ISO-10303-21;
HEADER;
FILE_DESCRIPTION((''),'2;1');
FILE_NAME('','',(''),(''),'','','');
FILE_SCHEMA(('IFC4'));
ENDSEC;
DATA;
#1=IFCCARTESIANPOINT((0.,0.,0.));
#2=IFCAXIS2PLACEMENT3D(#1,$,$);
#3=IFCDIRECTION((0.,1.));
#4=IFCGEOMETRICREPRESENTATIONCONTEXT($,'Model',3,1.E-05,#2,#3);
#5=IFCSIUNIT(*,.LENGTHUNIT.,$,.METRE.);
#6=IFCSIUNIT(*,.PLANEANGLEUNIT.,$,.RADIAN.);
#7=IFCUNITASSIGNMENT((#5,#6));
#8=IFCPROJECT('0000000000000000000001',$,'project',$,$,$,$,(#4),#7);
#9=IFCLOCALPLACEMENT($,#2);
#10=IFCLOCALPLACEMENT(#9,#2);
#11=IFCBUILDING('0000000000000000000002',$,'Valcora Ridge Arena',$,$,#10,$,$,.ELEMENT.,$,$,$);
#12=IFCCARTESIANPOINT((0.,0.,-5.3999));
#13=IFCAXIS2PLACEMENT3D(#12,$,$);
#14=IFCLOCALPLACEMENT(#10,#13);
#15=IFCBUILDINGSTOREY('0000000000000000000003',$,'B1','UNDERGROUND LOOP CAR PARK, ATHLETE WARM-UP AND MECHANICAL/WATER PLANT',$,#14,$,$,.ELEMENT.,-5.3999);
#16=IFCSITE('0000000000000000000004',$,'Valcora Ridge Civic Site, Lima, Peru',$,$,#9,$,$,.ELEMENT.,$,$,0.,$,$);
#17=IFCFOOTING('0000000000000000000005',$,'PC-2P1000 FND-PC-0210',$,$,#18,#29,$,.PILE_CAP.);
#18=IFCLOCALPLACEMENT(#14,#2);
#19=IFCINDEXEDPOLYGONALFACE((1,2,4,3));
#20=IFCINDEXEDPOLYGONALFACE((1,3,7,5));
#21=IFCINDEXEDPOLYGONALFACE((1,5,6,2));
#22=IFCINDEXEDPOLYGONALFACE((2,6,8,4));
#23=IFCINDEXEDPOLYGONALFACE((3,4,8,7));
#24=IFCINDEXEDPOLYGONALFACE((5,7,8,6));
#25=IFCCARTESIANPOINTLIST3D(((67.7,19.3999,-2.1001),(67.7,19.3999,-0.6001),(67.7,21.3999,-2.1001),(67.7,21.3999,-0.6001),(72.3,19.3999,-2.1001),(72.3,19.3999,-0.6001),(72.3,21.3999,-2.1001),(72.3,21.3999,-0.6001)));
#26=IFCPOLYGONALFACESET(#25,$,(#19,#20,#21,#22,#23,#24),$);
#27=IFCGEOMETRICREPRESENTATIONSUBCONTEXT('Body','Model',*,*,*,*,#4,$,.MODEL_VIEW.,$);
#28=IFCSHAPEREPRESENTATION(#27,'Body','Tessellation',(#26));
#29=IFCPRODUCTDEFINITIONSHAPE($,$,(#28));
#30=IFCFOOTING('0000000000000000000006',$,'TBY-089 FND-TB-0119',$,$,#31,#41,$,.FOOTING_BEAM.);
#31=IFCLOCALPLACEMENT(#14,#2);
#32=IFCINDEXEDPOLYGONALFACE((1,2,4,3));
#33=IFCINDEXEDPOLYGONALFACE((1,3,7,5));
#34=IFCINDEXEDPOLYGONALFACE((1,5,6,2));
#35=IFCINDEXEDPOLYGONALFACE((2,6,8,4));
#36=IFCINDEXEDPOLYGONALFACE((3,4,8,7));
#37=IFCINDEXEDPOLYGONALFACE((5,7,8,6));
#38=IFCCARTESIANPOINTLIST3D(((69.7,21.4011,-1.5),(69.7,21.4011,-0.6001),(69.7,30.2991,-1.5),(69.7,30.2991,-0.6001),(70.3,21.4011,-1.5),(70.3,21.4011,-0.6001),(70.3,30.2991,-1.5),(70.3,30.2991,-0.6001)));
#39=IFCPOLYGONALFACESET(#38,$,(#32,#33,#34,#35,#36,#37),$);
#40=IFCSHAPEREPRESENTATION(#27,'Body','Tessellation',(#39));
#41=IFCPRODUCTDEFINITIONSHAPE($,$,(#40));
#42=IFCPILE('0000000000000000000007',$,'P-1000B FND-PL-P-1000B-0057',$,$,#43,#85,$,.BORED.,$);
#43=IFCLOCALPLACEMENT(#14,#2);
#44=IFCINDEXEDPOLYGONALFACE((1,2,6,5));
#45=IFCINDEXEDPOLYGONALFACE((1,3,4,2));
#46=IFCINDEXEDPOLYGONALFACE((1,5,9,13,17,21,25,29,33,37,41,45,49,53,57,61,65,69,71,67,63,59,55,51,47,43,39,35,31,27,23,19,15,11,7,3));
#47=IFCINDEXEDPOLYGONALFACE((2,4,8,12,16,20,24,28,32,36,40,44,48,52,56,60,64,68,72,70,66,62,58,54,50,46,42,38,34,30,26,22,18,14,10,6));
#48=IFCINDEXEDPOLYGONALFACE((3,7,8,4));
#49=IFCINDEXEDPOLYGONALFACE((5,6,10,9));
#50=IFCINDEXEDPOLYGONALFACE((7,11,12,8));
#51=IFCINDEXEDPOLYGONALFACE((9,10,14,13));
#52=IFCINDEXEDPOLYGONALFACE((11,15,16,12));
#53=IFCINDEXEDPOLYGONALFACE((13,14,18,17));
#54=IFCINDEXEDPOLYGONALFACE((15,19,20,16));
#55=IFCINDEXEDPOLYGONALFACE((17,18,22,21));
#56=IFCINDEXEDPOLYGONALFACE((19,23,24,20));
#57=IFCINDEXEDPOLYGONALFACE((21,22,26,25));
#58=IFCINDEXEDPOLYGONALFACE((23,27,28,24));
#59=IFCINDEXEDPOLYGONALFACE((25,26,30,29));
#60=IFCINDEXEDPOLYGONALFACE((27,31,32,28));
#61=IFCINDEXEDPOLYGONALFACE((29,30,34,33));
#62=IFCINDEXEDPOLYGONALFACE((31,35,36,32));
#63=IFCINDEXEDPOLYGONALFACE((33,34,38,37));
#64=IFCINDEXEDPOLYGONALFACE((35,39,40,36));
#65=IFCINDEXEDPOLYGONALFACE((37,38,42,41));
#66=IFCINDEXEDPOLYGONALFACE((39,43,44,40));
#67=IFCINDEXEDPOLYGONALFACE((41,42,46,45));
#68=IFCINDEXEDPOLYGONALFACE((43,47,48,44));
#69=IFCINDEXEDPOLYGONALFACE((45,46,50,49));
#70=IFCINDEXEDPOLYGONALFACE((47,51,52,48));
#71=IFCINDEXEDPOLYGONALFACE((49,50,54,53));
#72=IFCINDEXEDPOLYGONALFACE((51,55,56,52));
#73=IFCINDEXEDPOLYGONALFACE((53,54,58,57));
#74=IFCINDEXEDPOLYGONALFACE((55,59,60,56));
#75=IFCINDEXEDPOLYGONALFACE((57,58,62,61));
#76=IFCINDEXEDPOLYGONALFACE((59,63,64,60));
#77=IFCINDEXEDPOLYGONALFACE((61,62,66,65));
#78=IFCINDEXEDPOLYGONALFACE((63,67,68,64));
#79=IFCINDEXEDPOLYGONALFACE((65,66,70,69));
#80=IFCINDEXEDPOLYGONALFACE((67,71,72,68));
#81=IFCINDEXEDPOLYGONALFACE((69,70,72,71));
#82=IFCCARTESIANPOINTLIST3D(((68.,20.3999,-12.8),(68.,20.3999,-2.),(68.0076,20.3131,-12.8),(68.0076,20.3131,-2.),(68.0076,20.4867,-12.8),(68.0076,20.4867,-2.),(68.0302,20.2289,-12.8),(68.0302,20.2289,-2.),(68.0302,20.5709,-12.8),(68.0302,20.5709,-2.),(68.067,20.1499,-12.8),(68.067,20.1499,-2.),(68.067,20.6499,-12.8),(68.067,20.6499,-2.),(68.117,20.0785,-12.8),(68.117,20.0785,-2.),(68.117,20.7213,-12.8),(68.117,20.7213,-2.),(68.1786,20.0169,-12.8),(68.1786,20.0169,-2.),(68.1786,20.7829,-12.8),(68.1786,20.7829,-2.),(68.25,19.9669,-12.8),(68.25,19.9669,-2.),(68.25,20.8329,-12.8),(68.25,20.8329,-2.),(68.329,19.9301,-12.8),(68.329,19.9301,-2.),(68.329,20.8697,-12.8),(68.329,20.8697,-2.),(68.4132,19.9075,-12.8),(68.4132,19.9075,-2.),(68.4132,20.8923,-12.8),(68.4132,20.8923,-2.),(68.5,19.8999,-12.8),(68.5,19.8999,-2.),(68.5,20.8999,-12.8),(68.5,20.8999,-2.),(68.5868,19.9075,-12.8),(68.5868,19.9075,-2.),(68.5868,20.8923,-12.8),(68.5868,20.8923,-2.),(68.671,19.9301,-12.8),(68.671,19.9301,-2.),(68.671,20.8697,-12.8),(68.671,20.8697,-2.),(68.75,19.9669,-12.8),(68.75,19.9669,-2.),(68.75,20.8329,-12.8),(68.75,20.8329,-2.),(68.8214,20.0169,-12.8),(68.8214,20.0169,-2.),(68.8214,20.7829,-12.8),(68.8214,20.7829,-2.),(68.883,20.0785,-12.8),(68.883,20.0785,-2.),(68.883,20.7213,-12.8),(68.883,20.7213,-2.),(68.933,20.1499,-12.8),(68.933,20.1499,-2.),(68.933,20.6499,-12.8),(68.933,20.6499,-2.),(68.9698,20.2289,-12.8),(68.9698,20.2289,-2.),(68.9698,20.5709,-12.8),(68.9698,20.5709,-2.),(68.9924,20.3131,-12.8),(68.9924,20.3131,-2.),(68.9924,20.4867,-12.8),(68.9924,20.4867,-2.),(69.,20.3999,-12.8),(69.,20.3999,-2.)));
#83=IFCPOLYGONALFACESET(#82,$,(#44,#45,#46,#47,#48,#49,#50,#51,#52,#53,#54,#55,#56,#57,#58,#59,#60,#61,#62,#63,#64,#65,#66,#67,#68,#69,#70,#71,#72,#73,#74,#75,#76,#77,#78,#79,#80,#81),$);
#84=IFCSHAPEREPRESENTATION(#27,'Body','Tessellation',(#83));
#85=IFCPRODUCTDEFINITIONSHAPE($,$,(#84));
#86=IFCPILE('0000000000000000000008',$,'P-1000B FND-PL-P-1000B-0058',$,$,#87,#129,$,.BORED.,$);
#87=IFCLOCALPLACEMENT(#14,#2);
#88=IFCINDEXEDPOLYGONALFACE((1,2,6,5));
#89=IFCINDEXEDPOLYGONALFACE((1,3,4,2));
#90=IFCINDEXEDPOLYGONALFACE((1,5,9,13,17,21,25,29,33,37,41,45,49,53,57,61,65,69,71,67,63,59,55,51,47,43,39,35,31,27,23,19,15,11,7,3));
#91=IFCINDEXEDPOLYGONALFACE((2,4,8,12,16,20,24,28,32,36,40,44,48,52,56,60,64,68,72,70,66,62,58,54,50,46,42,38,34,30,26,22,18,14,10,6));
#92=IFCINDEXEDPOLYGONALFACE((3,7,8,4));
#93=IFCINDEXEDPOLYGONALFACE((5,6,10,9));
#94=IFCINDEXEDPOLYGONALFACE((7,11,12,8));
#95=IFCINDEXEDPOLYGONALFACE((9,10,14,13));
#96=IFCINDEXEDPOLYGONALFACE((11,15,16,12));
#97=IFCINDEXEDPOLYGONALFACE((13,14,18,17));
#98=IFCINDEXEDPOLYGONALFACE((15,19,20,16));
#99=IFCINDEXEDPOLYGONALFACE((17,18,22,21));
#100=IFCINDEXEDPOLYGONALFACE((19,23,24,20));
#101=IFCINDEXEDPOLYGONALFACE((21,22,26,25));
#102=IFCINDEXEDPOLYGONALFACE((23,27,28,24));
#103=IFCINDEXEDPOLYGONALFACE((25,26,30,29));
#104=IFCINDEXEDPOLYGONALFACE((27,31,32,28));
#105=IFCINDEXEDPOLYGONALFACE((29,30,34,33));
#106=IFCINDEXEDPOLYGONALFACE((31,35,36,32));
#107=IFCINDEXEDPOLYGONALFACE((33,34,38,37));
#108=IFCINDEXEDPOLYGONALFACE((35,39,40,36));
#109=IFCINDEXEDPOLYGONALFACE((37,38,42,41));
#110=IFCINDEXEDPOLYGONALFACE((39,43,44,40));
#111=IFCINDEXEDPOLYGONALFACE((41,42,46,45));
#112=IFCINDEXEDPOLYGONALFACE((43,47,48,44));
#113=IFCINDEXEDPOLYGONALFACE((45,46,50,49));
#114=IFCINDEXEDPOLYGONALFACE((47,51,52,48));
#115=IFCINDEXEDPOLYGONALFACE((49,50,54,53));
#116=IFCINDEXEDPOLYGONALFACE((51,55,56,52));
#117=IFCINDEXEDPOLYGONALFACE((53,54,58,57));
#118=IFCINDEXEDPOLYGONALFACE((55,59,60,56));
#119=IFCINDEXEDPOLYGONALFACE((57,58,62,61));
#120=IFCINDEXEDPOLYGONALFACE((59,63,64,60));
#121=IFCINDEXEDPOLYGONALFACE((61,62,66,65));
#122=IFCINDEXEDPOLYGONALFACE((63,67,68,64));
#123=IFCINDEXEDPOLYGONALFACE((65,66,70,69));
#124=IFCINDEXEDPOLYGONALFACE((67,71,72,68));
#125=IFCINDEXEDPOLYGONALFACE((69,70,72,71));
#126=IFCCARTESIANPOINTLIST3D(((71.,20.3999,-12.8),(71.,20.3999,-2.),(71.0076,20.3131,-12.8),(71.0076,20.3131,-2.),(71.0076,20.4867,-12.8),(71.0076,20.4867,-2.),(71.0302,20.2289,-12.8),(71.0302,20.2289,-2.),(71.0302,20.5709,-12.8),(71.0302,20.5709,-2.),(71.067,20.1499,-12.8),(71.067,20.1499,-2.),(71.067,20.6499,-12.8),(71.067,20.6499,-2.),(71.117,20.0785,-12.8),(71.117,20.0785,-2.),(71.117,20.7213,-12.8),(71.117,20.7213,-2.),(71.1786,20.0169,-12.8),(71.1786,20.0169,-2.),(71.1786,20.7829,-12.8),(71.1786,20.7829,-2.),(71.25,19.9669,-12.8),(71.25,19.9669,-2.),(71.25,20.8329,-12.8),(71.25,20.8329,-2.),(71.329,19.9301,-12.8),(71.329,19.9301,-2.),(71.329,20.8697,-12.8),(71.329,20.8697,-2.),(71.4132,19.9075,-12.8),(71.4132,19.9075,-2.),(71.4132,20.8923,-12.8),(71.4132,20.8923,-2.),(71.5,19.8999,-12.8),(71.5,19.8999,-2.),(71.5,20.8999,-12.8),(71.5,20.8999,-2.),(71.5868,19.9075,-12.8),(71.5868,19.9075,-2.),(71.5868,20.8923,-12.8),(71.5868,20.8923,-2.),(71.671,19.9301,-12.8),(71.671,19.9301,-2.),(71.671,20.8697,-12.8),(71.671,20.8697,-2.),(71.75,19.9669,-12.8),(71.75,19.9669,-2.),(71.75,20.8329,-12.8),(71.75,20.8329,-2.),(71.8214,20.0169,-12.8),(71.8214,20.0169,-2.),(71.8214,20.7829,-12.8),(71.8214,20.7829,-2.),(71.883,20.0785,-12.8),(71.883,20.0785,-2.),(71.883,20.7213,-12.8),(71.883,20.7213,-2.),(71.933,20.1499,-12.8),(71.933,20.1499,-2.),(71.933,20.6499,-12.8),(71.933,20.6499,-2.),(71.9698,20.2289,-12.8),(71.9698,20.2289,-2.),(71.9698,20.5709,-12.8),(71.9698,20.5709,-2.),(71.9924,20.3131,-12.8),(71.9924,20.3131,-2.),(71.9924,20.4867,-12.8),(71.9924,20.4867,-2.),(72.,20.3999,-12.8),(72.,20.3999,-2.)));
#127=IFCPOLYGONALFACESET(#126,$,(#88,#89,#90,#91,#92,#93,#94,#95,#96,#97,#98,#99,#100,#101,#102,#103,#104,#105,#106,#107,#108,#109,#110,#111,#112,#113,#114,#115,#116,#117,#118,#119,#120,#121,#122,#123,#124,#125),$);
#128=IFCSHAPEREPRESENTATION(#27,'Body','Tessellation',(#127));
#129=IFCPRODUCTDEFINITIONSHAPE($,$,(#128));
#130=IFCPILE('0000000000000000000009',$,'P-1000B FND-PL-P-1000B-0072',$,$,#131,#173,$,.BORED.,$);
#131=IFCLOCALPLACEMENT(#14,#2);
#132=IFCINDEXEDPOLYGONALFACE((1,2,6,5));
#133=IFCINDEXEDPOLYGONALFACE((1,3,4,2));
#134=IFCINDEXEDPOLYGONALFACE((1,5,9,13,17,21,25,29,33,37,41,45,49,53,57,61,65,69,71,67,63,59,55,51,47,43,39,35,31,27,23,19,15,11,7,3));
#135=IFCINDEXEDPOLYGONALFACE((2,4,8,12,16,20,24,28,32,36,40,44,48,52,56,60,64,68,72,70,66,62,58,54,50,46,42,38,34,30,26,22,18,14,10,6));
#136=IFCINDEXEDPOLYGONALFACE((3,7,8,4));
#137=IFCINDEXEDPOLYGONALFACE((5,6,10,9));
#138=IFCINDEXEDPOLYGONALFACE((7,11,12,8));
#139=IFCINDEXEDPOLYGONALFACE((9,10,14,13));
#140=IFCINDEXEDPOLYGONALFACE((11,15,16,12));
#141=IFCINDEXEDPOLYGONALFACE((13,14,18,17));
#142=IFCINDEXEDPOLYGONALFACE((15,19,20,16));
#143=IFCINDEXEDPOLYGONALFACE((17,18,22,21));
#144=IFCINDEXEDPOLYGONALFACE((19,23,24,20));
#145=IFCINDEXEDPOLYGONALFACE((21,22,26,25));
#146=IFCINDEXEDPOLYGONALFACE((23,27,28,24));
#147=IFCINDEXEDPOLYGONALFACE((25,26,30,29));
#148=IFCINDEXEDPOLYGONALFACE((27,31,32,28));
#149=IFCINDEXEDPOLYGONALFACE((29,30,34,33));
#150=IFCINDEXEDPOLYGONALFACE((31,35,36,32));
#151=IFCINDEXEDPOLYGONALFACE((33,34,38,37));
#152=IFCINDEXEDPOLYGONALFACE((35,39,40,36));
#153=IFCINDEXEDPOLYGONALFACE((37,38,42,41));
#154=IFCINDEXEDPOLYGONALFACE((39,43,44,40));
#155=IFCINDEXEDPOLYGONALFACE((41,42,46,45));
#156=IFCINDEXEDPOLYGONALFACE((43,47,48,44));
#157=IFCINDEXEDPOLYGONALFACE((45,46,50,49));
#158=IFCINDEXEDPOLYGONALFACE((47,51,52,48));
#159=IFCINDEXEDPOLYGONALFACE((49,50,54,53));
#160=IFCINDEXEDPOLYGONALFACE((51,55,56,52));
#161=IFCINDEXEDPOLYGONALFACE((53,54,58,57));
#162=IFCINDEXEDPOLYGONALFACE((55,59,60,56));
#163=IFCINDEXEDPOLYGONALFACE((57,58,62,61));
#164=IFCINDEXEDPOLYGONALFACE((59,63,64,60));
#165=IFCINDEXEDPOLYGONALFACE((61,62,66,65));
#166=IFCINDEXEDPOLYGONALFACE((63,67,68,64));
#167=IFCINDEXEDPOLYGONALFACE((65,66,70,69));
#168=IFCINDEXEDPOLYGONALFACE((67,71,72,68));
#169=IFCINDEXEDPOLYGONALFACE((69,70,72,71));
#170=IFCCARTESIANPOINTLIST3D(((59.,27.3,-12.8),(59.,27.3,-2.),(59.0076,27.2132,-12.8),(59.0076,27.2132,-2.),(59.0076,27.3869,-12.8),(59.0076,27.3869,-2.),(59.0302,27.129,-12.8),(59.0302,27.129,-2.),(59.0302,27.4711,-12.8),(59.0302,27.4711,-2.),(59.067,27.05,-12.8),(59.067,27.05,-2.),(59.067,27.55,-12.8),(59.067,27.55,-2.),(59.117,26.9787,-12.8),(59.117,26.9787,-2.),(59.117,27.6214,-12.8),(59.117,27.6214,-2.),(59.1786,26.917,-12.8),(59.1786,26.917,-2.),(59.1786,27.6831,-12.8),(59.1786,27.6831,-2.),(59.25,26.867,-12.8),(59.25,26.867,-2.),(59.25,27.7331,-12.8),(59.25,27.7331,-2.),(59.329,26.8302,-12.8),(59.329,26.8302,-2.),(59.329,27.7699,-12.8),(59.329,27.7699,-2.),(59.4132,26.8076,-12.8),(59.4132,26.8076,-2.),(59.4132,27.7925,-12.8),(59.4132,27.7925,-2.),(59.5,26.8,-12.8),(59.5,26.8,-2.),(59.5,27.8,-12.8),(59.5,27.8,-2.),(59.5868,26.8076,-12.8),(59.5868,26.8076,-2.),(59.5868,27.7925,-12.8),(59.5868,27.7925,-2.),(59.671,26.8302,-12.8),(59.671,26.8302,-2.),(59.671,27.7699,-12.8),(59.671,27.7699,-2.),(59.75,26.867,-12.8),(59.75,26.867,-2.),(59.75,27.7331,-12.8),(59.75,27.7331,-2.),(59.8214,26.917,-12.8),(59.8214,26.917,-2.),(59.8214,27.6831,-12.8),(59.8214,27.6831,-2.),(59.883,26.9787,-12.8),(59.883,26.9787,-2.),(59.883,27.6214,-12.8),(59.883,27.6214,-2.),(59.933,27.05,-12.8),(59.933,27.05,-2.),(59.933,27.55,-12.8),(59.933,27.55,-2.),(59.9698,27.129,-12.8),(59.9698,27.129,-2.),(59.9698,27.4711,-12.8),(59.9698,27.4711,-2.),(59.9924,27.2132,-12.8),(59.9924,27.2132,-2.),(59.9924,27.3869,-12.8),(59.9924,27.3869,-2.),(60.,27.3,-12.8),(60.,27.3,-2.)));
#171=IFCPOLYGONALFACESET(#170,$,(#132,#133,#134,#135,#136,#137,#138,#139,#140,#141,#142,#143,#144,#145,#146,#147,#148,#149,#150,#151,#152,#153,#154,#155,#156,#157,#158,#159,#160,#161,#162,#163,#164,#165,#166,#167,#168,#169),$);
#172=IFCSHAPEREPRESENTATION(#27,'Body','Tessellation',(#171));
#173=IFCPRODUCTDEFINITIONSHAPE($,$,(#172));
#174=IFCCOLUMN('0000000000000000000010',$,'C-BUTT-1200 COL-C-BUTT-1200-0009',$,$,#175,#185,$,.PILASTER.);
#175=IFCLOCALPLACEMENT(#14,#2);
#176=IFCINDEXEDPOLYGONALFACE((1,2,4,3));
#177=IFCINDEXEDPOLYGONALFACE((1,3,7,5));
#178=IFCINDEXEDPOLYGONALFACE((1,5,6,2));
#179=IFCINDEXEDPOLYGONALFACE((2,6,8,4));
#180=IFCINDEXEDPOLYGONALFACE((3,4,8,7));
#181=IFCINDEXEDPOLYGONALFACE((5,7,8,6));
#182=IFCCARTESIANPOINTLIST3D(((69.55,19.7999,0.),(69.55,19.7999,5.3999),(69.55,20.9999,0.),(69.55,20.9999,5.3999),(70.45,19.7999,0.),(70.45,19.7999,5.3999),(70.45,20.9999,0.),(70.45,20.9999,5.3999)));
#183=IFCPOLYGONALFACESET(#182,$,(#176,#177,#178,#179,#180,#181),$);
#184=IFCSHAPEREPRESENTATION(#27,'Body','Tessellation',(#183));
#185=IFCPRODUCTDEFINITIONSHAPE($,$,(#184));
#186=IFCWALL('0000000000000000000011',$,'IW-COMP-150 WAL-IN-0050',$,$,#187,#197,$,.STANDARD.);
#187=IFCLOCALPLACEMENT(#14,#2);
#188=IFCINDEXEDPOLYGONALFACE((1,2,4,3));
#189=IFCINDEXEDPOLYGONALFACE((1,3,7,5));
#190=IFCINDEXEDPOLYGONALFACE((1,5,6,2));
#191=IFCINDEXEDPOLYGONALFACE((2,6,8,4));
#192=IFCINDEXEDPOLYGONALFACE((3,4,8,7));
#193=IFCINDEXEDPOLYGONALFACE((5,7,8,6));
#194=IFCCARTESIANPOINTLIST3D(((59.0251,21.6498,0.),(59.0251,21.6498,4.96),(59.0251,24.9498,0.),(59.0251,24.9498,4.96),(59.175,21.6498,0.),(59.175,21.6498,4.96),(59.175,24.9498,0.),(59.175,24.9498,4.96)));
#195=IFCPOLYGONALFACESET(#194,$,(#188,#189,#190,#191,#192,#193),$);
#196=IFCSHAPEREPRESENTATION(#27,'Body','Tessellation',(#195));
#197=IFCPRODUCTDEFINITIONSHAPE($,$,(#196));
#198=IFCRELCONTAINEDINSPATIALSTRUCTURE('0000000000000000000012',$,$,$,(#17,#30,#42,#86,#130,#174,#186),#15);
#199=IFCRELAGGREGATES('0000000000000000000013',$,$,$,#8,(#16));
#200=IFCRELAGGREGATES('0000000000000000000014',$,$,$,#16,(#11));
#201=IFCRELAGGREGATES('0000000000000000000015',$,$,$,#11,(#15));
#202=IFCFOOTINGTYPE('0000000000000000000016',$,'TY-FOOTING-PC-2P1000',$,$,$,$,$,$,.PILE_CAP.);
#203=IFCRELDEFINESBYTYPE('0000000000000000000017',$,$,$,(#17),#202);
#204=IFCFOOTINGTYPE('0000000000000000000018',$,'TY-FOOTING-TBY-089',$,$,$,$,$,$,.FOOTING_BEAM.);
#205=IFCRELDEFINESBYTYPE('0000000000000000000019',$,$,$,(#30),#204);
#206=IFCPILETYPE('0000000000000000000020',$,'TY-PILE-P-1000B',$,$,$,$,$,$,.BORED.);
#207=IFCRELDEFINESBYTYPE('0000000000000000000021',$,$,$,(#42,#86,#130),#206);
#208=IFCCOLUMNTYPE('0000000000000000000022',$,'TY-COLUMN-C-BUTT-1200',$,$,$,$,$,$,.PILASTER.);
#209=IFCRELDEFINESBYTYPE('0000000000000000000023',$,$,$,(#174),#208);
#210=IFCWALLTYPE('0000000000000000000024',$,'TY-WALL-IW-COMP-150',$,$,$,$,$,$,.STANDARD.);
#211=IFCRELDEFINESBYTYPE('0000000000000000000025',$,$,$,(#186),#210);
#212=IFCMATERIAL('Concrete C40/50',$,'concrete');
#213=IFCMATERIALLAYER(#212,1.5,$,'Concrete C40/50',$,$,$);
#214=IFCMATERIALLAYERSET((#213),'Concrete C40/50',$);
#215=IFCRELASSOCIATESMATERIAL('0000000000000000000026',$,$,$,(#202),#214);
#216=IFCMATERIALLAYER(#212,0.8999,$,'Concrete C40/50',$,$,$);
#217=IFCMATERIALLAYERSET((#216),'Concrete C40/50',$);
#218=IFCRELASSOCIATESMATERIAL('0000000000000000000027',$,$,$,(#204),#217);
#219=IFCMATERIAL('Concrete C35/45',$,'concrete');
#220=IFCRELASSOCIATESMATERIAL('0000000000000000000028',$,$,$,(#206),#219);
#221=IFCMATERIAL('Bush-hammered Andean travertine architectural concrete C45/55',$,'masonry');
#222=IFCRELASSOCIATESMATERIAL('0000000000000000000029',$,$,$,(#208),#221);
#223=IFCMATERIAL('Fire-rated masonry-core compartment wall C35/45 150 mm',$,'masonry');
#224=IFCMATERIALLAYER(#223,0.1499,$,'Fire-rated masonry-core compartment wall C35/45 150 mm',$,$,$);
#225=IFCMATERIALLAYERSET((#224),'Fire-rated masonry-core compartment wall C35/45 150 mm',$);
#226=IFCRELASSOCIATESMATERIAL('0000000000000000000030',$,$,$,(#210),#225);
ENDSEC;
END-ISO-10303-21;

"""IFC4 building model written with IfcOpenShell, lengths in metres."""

from ifc_helpers import new_model, si_unit, direction, frame, frame_2d, origin, origin_2d, place, context, subcontext, project, spatial, rectangle, circle, extrude, material, layer, layer_set, material_profile, profile_set, type_object, element, save


model = new_model("IFC4")

# Units and contexts
model_context = context("Model", 3, precision=1e-05, world=origin(), true_north=direction((0.0, 1.0)))
body_context = subcontext(model_context, "Body", "Model", "MODEL_VIEW")
ifc_project = project(units=[si_unit("LENGTHUNIT", "METRE"), si_unit("PLANEANGLEUNIT", "RADIAN")], contexts=[model_context])

# Site, building, storey
site_placement = place(None, origin())
site = spatial("IfcSite", under=ifc_project, at=site_placement, Name="Valcora Ridge Civic Site, Lima, Peru", CompositionType="ELEMENT", RefElevation=0.0)
building_placement = place(site_placement, origin())
building = spatial("IfcBuilding", under=site, at=building_placement, Name="Valcora Ridge Arena", CompositionType="ELEMENT")
storey_placement = place(building_placement, frame((0.0, 0.0, -5.3999)))
storey = spatial("IfcBuildingStorey", under=building, at=storey_placement, Name="B1", Description="UNDERGROUND LOOP CAR PARK, ATHLETE WARM-UP AND MECHANICAL/WATER PLANT", CompositionType="ELEMENT", Elevation=-5.3999)

# Footings
ifc_material_1 = material(Name="Concrete C40/50", Category="concrete")
ifc_layer_1 = layer(ifc_material_1, 1.5, Name="Concrete C40/50")
ifc_layer_set_1 = layer_set([ifc_layer_1], Name="Concrete C40/50")
footing_type_1 = type_object("IfcFootingType", Name="TY-FOOTING-PC-2P1000", PredefinedType="PILE_CAP", material=ifc_layer_set_1)
footing_1_placement = place(storey_placement, frame((70.0, 20.3999, -2.1001), z_axis=(0.0, 0.0, 1.0), x_axis=(1.0, 0.0, 0.0)))
element("IfcFooting", 1, at=footing_1_placement, inside=storey, type_object=footing_type_1, Name="PC-2P1000 FND-PC-0210", PredefinedType="PILE_CAP", context=body_context, shape_type="SweptSolid", body=[
    extrude(rectangle(XDim=4.6001, YDim=2.0, at=origin_2d()), origin(), (0.0, 0.0, 1.0), 1.5),
])
ifc_layer_2 = layer(ifc_material_1, 0.8999, Name="Concrete C40/50")
ifc_layer_set_2 = layer_set([ifc_layer_2], Name="Concrete C40/50")
footing_type_2 = type_object("IfcFootingType", Name="TY-FOOTING-TBY-089", PredefinedType="FOOTING_BEAM", material=ifc_layer_set_2)
footing_2_placement = place(storey_placement, frame((70.0, 25.8501, -1.5), z_axis=(0.0, 0.0, 1.0), x_axis=(1.0, 0.0, 0.0)))
element("IfcFooting", 2, at=footing_2_placement, inside=storey, type_object=footing_type_2, Name="TBY-089 FND-TB-0119", PredefinedType="FOOTING_BEAM", context=body_context, shape_type="SweptSolid", body=[
    extrude(rectangle(XDim=0.6001, YDim=8.8979, at=origin_2d()), origin(), (0.0, 0.0, 1.0), 0.8999),
])

# Piles
ifc_material_2 = material(Name="Concrete C35/45", Category="concrete")
ifc_material_profile_1 = material_profile(ifc_material_2, circle(Radius=0.5, at=origin_2d()), Name="BORED PILE D1000")
ifc_profile_set_1 = profile_set([ifc_material_profile_1], Name="Concrete C35/45")
pile_type = type_object("IfcPileType", Name="TY-PILE-P-1000B", PredefinedType="BORED", material=ifc_profile_set_1)
for number, where, z_axis, x_axis, name in (
    (3, (68.5, 20.3999, -2.0), (0.0, 0.0, -1.0), (1.0, 0.0, 0.0), "P-1000B FND-PL-P-1000B-0057"),
    (4, (71.5, 20.3999, -2.0), (0.0, 0.0, -1.0), (1.0, 0.0, 0.0), "P-1000B FND-PL-P-1000B-0058"),
    (5, (59.5, 27.3, -2.0), (0.0, 0.0, -1.0), (1.0, 0.0, 0.0), "P-1000B FND-PL-P-1000B-0072"),
):
    element("IfcPile", number, at=place(storey_placement, frame(where, z_axis=z_axis, x_axis=x_axis)), inside=storey, type_object=pile_type, Name=name, PredefinedType="BORED", context=body_context, shape_type="SweptSolid", body=[
        extrude(circle(Radius=0.5, at=origin_2d()), origin(), (0.0, 0.0, 1.0), 10.8),
    ])

# Column
ifc_material_3 = material(Name="Bush-hammered Andean travertine architectural concrete C45/55", Category="masonry")
ifc_material_profile_2 = material_profile(ifc_material_3, rectangle(XDim=0.8999, YDim=1.2, at=origin_2d()), Name="RC 900x1200")
ifc_profile_set_2 = profile_set([ifc_material_profile_2], Name="Bush-hammered Andean travertine architectural concrete C45/55")
column_type = type_object("IfcColumnType", Name="TY-COLUMN-C-BUTT-1200", PredefinedType="PILASTER", material=ifc_profile_set_2)
column_placement = place(storey_placement, frame((70.0, 20.3999, 0.0), z_axis=(0.0, 0.0, 1.0), x_axis=(1.0, 0.0, 0.0)))
element("IfcColumn", 6, at=column_placement, inside=storey, type_object=column_type, Name="C-BUTT-1200 COL-C-BUTT-1200-0009", PredefinedType="PILASTER", context=body_context, shape_type="SweptSolid", body=[
    extrude(rectangle(XDim=0.8999, YDim=1.2, at=origin_2d()), origin(), (0.0, 0.0, 1.0), 5.3999),
])

# Wall
ifc_material_4 = material(Name="Fire-rated masonry-core compartment wall C35/45 150 mm", Category="masonry")
ifc_layer_3 = layer(ifc_material_4, 0.1499, Name="Fire-rated masonry-core compartment wall C35/45 150 mm")
ifc_layer_set_3 = layer_set([ifc_layer_3], Name="Fire-rated masonry-core compartment wall C35/45 150 mm")
wall_type_1 = type_object("IfcWallType", Name="TY-WALL-IW-COMP-150", PredefinedType="STANDARD", material=ifc_layer_set_3)
wall_1_placement = place(storey_placement, frame((59.1001, 21.6499, 0.0), z_axis=(0.0, 0.0, 1.0), x_axis=(0.0, 1.0, 0.0)))
element("IfcWall", 7, at=wall_1_placement, inside=storey, type_object=wall_type_1, Name="IW-COMP-150 WAL-IN-0050", PredefinedType="STANDARD", context=body_context, shape_type="SweptSolid", body=[
    extrude(rectangle(XDim=3.3, YDim=0.1499, at=frame_2d((1.6499, 0.0))), origin(), (0.0, 0.0, 1.0), 4.96),
])

save(model, "model.ifc")
